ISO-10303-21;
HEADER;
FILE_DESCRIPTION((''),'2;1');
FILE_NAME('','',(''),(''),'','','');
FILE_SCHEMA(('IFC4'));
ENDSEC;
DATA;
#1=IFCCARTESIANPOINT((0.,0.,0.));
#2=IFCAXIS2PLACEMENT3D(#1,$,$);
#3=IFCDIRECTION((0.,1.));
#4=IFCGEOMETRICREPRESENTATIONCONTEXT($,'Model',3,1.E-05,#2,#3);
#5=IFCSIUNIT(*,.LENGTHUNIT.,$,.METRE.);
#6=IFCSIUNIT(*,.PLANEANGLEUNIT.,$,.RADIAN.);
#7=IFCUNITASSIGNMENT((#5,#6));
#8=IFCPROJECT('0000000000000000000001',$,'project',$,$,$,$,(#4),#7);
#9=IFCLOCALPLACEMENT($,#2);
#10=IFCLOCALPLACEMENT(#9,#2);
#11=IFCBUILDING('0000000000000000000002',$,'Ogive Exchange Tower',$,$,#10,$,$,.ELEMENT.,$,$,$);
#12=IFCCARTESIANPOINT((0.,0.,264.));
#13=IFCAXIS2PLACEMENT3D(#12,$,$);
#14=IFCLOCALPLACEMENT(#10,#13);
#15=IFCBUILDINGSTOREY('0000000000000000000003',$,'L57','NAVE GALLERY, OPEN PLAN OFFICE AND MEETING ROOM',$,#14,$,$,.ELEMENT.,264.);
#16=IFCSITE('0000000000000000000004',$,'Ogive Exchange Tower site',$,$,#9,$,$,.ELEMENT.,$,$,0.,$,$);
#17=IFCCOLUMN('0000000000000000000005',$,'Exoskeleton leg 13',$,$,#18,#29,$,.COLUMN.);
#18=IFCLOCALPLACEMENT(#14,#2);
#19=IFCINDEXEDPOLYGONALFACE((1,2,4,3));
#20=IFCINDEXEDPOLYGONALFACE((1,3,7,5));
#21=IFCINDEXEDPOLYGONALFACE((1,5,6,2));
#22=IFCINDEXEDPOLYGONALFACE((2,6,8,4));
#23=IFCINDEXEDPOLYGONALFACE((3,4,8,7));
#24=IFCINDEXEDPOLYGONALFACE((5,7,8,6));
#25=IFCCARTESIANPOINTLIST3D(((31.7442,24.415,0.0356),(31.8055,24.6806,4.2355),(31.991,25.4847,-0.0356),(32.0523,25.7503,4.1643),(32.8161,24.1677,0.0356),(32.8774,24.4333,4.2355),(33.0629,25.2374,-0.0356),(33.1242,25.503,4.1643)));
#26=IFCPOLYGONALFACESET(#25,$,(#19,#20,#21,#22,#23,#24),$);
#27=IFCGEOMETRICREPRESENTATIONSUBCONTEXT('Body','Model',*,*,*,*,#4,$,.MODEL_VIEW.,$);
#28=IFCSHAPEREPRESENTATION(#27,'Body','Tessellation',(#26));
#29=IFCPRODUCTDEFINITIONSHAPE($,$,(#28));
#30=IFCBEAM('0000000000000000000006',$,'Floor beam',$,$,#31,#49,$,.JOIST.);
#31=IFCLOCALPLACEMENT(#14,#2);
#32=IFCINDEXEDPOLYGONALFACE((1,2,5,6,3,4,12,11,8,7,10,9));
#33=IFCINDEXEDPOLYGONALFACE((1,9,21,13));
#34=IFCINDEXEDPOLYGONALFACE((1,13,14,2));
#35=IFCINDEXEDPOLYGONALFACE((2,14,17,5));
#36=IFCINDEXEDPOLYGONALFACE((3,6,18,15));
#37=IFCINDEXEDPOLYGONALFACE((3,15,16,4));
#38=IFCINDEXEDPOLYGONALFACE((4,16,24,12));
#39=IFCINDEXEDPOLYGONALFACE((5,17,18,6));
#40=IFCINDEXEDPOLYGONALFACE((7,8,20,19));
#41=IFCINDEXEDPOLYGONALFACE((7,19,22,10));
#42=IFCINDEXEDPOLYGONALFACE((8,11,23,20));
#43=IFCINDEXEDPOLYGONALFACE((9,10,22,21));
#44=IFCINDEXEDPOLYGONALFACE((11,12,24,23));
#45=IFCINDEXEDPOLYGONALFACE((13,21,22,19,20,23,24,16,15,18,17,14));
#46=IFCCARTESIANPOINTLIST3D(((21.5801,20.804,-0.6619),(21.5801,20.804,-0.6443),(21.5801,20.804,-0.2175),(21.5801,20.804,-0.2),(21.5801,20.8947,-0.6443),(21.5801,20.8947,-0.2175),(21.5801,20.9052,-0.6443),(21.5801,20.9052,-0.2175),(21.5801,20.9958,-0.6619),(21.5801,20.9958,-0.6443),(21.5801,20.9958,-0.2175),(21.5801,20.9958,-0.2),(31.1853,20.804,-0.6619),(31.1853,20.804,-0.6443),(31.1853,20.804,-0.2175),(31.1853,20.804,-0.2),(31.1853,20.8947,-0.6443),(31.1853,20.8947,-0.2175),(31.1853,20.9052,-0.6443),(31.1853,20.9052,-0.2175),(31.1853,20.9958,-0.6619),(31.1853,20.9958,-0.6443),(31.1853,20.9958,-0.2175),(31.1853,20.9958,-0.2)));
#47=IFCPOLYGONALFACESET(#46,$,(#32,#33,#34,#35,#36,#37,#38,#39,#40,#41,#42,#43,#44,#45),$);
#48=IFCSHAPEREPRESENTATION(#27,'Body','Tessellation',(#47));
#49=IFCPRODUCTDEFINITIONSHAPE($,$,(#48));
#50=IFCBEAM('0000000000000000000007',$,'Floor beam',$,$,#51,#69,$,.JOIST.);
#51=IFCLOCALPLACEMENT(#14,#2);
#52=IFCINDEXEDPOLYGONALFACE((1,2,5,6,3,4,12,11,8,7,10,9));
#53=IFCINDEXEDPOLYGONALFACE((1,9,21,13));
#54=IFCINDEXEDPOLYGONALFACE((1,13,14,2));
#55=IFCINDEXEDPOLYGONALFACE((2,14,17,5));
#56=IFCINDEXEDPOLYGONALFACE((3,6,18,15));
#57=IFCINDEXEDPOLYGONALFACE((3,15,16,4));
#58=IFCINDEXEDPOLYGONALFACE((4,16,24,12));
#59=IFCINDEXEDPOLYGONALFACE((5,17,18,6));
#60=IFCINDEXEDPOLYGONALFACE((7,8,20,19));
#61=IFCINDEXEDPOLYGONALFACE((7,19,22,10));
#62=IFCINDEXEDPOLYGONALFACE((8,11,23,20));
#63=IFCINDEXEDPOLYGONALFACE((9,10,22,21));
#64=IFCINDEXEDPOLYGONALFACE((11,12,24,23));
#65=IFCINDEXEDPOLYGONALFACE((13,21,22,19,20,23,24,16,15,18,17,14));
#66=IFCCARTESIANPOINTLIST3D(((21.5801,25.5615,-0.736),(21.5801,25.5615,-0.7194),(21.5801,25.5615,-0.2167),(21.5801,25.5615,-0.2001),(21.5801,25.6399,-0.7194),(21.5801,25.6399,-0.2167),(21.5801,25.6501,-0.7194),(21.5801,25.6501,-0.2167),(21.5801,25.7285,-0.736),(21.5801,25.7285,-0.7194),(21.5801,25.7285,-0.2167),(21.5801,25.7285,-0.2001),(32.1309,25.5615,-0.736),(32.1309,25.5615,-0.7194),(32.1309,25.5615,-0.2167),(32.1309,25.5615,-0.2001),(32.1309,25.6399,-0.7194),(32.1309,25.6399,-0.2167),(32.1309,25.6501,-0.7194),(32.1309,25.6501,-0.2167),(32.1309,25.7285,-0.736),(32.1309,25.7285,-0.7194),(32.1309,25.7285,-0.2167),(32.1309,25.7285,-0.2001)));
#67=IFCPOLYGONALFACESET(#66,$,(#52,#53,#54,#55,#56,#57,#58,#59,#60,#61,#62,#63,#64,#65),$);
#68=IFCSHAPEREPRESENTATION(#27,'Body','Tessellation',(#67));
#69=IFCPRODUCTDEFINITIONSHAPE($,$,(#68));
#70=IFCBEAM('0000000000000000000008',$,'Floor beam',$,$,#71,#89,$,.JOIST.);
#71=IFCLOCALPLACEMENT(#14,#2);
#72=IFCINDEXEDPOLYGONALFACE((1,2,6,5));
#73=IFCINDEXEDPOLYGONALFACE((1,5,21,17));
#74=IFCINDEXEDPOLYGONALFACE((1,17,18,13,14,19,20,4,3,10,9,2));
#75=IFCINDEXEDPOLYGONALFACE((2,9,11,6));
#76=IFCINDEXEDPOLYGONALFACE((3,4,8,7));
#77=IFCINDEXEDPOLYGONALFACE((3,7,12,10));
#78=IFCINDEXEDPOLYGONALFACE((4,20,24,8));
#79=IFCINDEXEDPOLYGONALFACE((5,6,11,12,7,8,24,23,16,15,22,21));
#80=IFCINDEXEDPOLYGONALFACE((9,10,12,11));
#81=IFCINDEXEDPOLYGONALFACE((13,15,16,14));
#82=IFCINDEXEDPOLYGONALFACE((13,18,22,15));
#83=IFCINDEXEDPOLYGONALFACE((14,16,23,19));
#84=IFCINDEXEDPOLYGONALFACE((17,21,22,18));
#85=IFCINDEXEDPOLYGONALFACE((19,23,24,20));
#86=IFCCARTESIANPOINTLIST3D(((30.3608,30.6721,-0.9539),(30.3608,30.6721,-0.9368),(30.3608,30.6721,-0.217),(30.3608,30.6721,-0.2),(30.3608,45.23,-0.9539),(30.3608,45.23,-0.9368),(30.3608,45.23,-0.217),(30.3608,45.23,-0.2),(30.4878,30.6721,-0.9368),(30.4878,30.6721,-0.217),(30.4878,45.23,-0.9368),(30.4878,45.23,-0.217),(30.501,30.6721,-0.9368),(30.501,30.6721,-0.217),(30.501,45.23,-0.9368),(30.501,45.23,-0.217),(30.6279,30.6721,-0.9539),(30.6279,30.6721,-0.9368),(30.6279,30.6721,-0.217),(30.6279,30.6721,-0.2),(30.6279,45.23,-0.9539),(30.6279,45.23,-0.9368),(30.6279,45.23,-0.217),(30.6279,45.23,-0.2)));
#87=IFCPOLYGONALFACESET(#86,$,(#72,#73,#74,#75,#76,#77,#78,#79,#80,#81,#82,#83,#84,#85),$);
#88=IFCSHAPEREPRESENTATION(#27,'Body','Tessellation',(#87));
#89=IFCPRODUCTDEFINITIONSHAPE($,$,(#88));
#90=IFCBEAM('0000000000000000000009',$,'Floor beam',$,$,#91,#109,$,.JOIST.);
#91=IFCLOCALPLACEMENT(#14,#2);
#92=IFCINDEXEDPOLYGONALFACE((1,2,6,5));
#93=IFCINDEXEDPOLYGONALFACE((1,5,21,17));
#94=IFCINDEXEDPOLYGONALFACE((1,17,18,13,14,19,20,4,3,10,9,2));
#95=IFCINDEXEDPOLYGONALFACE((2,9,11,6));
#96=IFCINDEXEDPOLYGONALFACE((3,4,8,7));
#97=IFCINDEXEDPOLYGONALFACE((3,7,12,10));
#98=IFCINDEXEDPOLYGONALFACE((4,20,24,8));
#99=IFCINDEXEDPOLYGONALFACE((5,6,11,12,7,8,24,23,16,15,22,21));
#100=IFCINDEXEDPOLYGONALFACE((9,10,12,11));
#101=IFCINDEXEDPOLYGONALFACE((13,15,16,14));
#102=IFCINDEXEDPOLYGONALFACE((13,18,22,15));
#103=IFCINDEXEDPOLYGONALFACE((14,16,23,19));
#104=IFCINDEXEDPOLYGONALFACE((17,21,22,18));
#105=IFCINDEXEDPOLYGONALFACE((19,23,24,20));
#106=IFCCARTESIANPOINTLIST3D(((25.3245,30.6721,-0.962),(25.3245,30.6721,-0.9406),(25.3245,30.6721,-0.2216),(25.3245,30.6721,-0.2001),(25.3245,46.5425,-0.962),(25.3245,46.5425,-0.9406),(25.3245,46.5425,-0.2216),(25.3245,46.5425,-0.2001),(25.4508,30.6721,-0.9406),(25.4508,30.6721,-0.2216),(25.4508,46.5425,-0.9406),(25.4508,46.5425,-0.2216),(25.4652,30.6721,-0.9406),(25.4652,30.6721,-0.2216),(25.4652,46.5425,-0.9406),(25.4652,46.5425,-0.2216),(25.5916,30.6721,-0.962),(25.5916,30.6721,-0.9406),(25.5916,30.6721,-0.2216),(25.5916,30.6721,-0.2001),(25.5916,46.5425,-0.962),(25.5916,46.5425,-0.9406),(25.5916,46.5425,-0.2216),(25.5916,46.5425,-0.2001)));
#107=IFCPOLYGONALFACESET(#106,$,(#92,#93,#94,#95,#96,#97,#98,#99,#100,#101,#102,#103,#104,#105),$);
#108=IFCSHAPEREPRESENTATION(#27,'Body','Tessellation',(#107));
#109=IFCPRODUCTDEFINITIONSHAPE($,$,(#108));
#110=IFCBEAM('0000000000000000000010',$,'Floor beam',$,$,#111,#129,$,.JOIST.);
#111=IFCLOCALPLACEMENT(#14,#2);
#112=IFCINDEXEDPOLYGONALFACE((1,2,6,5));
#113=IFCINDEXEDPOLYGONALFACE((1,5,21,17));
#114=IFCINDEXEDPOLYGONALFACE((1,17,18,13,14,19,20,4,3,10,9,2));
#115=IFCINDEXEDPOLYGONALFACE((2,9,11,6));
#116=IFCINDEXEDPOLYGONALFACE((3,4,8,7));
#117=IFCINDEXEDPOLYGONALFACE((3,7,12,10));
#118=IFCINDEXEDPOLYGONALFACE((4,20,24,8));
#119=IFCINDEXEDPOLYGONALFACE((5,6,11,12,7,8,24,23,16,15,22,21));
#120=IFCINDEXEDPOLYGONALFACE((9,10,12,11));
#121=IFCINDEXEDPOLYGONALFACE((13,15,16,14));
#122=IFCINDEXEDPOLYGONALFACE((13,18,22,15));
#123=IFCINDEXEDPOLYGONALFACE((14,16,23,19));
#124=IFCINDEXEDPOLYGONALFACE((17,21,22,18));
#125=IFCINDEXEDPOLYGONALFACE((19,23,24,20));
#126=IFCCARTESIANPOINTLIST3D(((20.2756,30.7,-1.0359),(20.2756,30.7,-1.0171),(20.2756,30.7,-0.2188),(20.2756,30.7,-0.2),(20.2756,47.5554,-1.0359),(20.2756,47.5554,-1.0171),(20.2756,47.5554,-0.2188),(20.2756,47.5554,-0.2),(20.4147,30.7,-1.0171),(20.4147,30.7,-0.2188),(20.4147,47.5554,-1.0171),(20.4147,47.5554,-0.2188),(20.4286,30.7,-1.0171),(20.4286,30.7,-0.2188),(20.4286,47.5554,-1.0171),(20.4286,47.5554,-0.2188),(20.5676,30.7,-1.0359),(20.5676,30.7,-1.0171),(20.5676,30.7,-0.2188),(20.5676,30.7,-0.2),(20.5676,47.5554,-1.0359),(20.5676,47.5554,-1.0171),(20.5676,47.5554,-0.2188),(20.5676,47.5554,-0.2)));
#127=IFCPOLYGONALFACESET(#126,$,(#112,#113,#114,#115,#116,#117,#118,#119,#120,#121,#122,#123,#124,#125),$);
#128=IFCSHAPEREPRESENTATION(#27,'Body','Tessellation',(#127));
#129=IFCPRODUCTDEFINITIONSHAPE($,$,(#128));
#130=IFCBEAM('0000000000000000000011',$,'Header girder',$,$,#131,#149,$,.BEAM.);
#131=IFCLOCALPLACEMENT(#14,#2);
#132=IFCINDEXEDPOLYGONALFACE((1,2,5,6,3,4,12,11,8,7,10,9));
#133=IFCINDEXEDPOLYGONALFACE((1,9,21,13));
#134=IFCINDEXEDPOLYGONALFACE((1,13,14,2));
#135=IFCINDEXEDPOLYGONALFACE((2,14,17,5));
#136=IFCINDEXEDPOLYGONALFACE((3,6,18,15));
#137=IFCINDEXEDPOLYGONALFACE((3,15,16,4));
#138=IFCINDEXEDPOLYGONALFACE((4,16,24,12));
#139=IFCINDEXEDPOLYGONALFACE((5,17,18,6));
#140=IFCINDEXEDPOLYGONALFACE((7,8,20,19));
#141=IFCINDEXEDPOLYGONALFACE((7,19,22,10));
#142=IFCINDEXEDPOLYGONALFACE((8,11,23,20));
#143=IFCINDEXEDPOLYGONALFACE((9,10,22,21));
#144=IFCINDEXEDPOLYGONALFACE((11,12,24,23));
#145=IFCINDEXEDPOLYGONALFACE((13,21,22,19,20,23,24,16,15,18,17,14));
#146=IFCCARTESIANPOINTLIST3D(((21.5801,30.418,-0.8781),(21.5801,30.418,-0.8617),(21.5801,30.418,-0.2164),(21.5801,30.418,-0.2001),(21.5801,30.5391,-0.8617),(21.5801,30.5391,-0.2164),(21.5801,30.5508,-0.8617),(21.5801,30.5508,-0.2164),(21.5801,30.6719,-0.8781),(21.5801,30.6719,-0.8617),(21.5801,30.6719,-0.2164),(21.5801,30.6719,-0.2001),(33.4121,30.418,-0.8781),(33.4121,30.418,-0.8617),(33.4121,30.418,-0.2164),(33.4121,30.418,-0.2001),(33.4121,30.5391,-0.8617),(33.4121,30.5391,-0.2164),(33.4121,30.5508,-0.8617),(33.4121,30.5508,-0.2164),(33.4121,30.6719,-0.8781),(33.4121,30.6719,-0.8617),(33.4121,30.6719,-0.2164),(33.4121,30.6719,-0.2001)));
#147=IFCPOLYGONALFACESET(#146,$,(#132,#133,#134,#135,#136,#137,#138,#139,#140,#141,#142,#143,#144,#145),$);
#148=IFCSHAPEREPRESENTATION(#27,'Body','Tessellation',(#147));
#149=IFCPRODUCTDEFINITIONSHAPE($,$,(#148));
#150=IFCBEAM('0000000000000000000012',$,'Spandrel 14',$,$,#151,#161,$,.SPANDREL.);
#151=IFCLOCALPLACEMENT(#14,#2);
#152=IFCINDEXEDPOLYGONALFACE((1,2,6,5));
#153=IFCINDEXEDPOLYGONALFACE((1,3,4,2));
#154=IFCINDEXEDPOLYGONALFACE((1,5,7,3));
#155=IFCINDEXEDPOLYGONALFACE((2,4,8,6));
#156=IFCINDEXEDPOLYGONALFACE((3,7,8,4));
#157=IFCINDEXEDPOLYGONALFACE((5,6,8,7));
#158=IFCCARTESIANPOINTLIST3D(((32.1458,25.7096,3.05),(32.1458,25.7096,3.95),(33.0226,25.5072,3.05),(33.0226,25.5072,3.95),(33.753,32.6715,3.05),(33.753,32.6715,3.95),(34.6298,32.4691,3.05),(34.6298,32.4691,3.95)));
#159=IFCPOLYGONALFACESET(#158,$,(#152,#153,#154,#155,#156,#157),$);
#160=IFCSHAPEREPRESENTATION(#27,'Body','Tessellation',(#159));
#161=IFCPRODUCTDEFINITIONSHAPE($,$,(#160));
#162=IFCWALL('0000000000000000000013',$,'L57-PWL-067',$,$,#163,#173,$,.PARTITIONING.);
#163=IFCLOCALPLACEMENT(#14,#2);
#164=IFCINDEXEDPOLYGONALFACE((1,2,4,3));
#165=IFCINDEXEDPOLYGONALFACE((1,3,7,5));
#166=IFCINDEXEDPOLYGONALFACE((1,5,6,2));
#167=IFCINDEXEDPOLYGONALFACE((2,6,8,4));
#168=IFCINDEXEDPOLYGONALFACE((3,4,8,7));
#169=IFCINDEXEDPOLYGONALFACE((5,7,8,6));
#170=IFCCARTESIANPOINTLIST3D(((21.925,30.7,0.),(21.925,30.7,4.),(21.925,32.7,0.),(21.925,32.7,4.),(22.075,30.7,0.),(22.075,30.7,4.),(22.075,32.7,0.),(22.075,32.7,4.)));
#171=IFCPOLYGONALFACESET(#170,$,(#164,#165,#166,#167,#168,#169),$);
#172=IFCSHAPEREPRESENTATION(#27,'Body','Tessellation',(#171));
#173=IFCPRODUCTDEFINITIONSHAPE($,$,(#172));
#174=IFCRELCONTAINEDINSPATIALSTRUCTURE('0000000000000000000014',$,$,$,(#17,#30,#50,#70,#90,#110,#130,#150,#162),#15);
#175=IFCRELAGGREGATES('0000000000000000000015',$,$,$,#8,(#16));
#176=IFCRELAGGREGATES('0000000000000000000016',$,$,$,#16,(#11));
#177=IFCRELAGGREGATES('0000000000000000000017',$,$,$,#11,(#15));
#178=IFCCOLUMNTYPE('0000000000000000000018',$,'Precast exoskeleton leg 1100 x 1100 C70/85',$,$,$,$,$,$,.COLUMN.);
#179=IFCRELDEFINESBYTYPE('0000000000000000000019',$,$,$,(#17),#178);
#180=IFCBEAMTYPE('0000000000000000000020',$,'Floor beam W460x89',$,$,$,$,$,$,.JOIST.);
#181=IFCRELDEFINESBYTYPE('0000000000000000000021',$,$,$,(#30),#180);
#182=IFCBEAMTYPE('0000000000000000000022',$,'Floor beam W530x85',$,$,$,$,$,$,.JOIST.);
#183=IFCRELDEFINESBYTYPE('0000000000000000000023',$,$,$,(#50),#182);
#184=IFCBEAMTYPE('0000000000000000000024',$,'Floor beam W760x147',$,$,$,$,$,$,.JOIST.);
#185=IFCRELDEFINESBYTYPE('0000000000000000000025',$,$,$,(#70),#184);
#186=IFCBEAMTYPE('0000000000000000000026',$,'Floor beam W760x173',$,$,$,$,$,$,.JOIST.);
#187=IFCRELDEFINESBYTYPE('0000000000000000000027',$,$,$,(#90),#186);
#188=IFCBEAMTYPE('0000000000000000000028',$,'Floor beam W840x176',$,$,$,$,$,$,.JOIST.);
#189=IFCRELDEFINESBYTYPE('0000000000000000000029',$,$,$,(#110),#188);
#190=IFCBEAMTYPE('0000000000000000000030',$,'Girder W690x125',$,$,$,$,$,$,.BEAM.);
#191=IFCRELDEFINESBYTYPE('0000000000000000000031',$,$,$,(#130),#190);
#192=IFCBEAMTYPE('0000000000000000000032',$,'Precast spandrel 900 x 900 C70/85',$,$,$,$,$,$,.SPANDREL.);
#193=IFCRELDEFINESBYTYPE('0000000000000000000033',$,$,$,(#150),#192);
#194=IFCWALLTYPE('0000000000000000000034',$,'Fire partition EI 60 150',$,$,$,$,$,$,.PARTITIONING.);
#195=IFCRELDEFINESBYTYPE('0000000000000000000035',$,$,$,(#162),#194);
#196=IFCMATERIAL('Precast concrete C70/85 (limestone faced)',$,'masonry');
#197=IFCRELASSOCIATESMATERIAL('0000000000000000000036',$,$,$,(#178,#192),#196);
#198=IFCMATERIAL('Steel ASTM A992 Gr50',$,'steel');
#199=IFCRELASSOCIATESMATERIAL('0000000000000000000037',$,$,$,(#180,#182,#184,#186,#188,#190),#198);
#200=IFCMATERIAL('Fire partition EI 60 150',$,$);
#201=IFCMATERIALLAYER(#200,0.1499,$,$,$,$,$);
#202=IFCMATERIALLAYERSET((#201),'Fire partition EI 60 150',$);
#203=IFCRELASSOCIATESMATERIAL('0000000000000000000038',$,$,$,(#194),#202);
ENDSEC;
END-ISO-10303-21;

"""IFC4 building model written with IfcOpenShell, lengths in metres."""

from ifc_helpers import new_model, si_unit, direction, frame, frame_2d, origin, origin_2d, place, context, subcontext, project, spatial, rectangle, i_section, extrude, material, layer, layer_set, material_profile, profile_set, type_object, element, save


model = new_model("IFC4")

# Units and contexts
model_context = context("Model", 3, precision=1e-05, world=origin(), true_north=direction((0.0, 1.0)))
body_context = subcontext(model_context, "Body", "Model", "MODEL_VIEW")
ifc_project = project(units=[si_unit("LENGTHUNIT", "METRE"), si_unit("PLANEANGLEUNIT", "RADIAN")], contexts=[model_context])

# Site, building, storey
site_placement = place(None, origin())
site = spatial("IfcSite", under=ifc_project, at=site_placement, Name="Ogive Exchange Tower site", CompositionType="ELEMENT", RefElevation=0.0)
building_placement = place(site_placement, origin())
building = spatial("IfcBuilding", under=site, at=building_placement, Name="Ogive Exchange Tower", CompositionType="ELEMENT")
storey_placement = place(building_placement, frame((0.0, 0.0, 264.0)))
storey = spatial("IfcBuildingStorey", under=building, at=storey_placement, Name="L57", Description="NAVE GALLERY, OPEN PLAN OFFICE AND MEETING ROOM", CompositionType="ELEMENT", Elevation=264.0)

# Column
ifc_material_1 = material(Name="Precast concrete C70/85 (limestone faced)", Category="masonry")
ifc_material_profile_1 = material_profile(ifc_material_1, rectangle(XDim=1.1001, YDim=1.1001, at=origin_2d()), Name="1100 x 1100")
ifc_profile_set_1 = profile_set([ifc_material_profile_1], Name="Precast concrete C70/85 (limestone faced)")
column_type = type_object("IfcColumnType", Name="Precast exoskeleton leg 1100 x 1100 C70/85", PredefinedType="COLUMN", material=ifc_profile_set_1)
column_placement = place(storey_placement, frame((32.4036, 24.8262, 0.0), z_axis=(0.01456, 0.063112, 0.9979), x_axis=(-0.974406, 0.224794, 0.0)))
element("IfcColumn", 1, at=column_placement, inside=storey, type_object=column_type, Name="Exoskeleton leg 13", PredefinedType="COLUMN", context=body_context, shape_type="SweptSolid", body=[
    extrude(rectangle(XDim=1.1001, YDim=1.1001, at=origin_2d()), origin(), (0.0, 0.0, 1.0), 4.2087),
])

# Beams
ifc_material_2 = material(Name="Steel ASTM A992 Gr50", Category="steel")
ifc_material_profile_2 = material_profile(ifc_material_2, i_section(OverallWidth=0.1919, OverallDepth=0.4619, WebThickness=0.0105, FlangeThickness=0.0176, at=origin_2d()), Name="W460x89")
ifc_profile_set_2 = profile_set([ifc_material_profile_2], Name="Steel ASTM A992 Gr50")
beam_type_1 = type_object("IfcBeamType", Name="Floor beam W460x89", PredefinedType="JOIST", material=ifc_profile_set_2)
beam_1_placement = place(storey_placement, frame((21.5801, 20.8999, -0.4309), z_axis=(1.0, 0.0, 0.0), x_axis=(0.0, 1.0, 0.0)))
element("IfcBeam", 2, at=beam_1_placement, inside=storey, type_object=beam_type_1, Name="Floor beam", PredefinedType="JOIST", context=body_context, shape_type="SweptSolid", body=[
    extrude(i_section(OverallWidth=0.1919, OverallDepth=0.4619, WebThickness=0.0105, FlangeThickness=0.0176, at=origin_2d()), origin(), (0.0, 0.0, 1.0), 9.6052),
])
ifc_material_profile_3 = material_profile(ifc_material_2, i_section(OverallWidth=0.167, OverallDepth=0.5359, WebThickness=0.0103, FlangeThickness=0.0166, at=origin_2d()), Name="W530x85")
ifc_profile_set_3 = profile_set([ifc_material_profile_3], Name="Steel ASTM A992 Gr50")
beam_type_2 = type_object("IfcBeamType", Name="Floor beam W530x85", PredefinedType="JOIST", material=ifc_profile_set_3)
beam_2_placement = place(storey_placement, frame((21.5801, 25.645, -0.468), z_axis=(1.0, 0.0, 0.0), x_axis=(0.0, 1.0, 0.0)))
element("IfcBeam", 3, at=beam_2_placement, inside=storey, type_object=beam_type_2, Name="Floor beam", PredefinedType="JOIST", context=body_context, shape_type="SweptSolid", body=[
    extrude(i_section(OverallWidth=0.167, OverallDepth=0.5359, WebThickness=0.0103, FlangeThickness=0.0166, at=origin_2d()), origin(), (0.0, 0.0, 1.0), 10.5508),
])
ifc_material_profile_4 = material_profile(ifc_material_2, i_section(OverallWidth=0.2671, OverallDepth=0.7539, WebThickness=0.0132, FlangeThickness=0.0171, at=origin_2d()), Name="W760x147")
ifc_profile_set_4 = profile_set([ifc_material_profile_4], Name="Steel ASTM A992 Gr50")
beam_type_3 = type_object("IfcBeamType", Name="Floor beam W760x147", PredefinedType="JOIST", material=ifc_profile_set_4)
beam_3_placement = place(storey_placement, frame((30.4944, 30.6721, -0.5769), z_axis=(0.0, 1.0, 0.0), x_axis=(-1.0, 0.0, 0.0)))
element("IfcBeam", 4, at=beam_3_placement, inside=storey, type_object=beam_type_3, Name="Floor beam", PredefinedType="JOIST", context=body_context, shape_type="SweptSolid", body=[
    extrude(i_section(OverallWidth=0.2671, OverallDepth=0.7539, WebThickness=0.0132, FlangeThickness=0.0171, at=origin_2d()), origin(), (0.0, 0.0, 1.0), 14.5579),
])
ifc_material_profile_5 = material_profile(ifc_material_2, i_section(OverallWidth=0.2671, OverallDepth=0.762, WebThickness=0.0144, FlangeThickness=0.0215, at=origin_2d()), Name="W760x173")
ifc_profile_set_5 = profile_set([ifc_material_profile_5], Name="Steel ASTM A992 Gr50")
beam_type_4 = type_object("IfcBeamType", Name="Floor beam W760x173", PredefinedType="JOIST", material=ifc_profile_set_5)
beam_4_placement = place(storey_placement, frame((25.458, 30.6721, -0.5811), z_axis=(0.0, 1.0, 0.0), x_axis=(-1.0, 0.0, 0.0)))
element("IfcBeam", 5, at=beam_4_placement, inside=storey, type_object=beam_type_4, Name="Floor beam", PredefinedType="JOIST", context=body_context, shape_type="SweptSolid", body=[
    extrude(i_section(OverallWidth=0.2671, OverallDepth=0.762, WebThickness=0.0144, FlangeThickness=0.0215, at=origin_2d()), origin(), (0.0, 0.0, 1.0), 15.8704),
])
ifc_material_profile_6 = material_profile(ifc_material_2, i_section(OverallWidth=0.292, OverallDepth=0.8359, WebThickness=0.0139, FlangeThickness=0.0188, at=origin_2d()), Name="W840x176")
ifc_profile_set_6 = profile_set([ifc_material_profile_6], Name="Steel ASTM A992 Gr50")
beam_type_5 = type_object("IfcBeamType", Name="Floor beam W840x176", PredefinedType="JOIST", material=ifc_profile_set_6)
beam_5_placement = place(storey_placement, frame((20.4216, 30.7, -0.6179), z_axis=(0.0, 1.0, 0.0), x_axis=(-1.0, 0.0, 0.0)))
element("IfcBeam", 6, at=beam_5_placement, inside=storey, type_object=beam_type_5, Name="Floor beam", PredefinedType="JOIST", context=body_context, shape_type="SweptSolid", body=[
    extrude(i_section(OverallWidth=0.292, OverallDepth=0.8359, WebThickness=0.0139, FlangeThickness=0.0188, at=origin_2d()), origin(), (0.0, 0.0, 1.0), 16.8555),
])
ifc_material_profile_7 = material_profile(ifc_material_2, i_section(OverallWidth=0.2539, OverallDepth=0.678, WebThickness=0.0117, FlangeThickness=0.0164, at=origin_2d()), Name="W690x125")
ifc_profile_set_7 = profile_set([ifc_material_profile_7], Name="Steel ASTM A992 Gr50")
beam_type_6 = type_object("IfcBeamType", Name="Girder W690x125", PredefinedType="BEAM", material=ifc_profile_set_7)
beam_6_placement = place(storey_placement, frame((21.5801, 30.5449, -0.5391), z_axis=(1.0, 0.0, 0.0), x_axis=(0.0, 1.0, 0.0)))
element("IfcBeam", 7, at=beam_6_placement, inside=storey, type_object=beam_type_6, Name="Header girder", PredefinedType="BEAM", context=body_context, shape_type="SweptSolid", body=[
    extrude(i_section(OverallWidth=0.2539, OverallDepth=0.678, WebThickness=0.0117, FlangeThickness=0.0164, at=origin_2d()), origin(), (0.0, 0.0, 1.0), 11.832),
])
ifc_material_profile_8 = material_profile(ifc_material_1, rectangle(XDim=0.8999, YDim=0.8999, at=origin_2d()), Name="900 x 900")
ifc_profile_set_8 = profile_set([ifc_material_profile_8], Name="Precast concrete C70/85 (limestone faced)")
beam_type_7 = type_object("IfcBeamType", Name="Precast spandrel 900 x 900 C70/85", PredefinedType="SPANDREL", material=ifc_profile_set_8)
beam_7_placement = place(storey_placement, frame((32.5842, 25.6084, 3.5), z_axis=(0.224937, 0.974373, 0.0), x_axis=(-0.974373, 0.224937, 0.0)))
element("IfcBeam", 8, at=beam_7_placement, inside=storey, type_object=beam_type_7, Name="Spandrel 14", PredefinedType="SPANDREL", context=body_context, shape_type="SweptSolid", body=[
    extrude(rectangle(XDim=0.8999, YDim=0.8999, at=origin_2d()), origin(), (0.0, 0.0, 1.0), 7.145),
])

# Wall
ifc_material_3 = material(Name="Fire partition EI 60 150")
ifc_layer_1 = layer(ifc_material_3, 0.1499)
ifc_layer_set_1 = layer_set([ifc_layer_1], Name="Fire partition EI 60 150")
wall_type_1 = type_object("IfcWallType", Name="Fire partition EI 60 150", PredefinedType="PARTITIONING", material=ifc_layer_set_1)
wall_1_placement = place(storey_placement, frame((22.0, 30.7, 0.0), z_axis=(0.0, 0.0, 1.0), x_axis=(0.0, 1.0, 0.0)))
element("IfcWall", 9, at=wall_1_placement, inside=storey, type_object=wall_type_1, Name="L57-PWL-067", PredefinedType="PARTITIONING", context=body_context, shape_type="SweptSolid", body=[
    extrude(rectangle(XDim=2.0, YDim=0.1499, at=frame_2d((1.0, 0.0))), origin(), (0.0, 0.0, 1.0), 4.0),
])

save(model, "model.ifc")
